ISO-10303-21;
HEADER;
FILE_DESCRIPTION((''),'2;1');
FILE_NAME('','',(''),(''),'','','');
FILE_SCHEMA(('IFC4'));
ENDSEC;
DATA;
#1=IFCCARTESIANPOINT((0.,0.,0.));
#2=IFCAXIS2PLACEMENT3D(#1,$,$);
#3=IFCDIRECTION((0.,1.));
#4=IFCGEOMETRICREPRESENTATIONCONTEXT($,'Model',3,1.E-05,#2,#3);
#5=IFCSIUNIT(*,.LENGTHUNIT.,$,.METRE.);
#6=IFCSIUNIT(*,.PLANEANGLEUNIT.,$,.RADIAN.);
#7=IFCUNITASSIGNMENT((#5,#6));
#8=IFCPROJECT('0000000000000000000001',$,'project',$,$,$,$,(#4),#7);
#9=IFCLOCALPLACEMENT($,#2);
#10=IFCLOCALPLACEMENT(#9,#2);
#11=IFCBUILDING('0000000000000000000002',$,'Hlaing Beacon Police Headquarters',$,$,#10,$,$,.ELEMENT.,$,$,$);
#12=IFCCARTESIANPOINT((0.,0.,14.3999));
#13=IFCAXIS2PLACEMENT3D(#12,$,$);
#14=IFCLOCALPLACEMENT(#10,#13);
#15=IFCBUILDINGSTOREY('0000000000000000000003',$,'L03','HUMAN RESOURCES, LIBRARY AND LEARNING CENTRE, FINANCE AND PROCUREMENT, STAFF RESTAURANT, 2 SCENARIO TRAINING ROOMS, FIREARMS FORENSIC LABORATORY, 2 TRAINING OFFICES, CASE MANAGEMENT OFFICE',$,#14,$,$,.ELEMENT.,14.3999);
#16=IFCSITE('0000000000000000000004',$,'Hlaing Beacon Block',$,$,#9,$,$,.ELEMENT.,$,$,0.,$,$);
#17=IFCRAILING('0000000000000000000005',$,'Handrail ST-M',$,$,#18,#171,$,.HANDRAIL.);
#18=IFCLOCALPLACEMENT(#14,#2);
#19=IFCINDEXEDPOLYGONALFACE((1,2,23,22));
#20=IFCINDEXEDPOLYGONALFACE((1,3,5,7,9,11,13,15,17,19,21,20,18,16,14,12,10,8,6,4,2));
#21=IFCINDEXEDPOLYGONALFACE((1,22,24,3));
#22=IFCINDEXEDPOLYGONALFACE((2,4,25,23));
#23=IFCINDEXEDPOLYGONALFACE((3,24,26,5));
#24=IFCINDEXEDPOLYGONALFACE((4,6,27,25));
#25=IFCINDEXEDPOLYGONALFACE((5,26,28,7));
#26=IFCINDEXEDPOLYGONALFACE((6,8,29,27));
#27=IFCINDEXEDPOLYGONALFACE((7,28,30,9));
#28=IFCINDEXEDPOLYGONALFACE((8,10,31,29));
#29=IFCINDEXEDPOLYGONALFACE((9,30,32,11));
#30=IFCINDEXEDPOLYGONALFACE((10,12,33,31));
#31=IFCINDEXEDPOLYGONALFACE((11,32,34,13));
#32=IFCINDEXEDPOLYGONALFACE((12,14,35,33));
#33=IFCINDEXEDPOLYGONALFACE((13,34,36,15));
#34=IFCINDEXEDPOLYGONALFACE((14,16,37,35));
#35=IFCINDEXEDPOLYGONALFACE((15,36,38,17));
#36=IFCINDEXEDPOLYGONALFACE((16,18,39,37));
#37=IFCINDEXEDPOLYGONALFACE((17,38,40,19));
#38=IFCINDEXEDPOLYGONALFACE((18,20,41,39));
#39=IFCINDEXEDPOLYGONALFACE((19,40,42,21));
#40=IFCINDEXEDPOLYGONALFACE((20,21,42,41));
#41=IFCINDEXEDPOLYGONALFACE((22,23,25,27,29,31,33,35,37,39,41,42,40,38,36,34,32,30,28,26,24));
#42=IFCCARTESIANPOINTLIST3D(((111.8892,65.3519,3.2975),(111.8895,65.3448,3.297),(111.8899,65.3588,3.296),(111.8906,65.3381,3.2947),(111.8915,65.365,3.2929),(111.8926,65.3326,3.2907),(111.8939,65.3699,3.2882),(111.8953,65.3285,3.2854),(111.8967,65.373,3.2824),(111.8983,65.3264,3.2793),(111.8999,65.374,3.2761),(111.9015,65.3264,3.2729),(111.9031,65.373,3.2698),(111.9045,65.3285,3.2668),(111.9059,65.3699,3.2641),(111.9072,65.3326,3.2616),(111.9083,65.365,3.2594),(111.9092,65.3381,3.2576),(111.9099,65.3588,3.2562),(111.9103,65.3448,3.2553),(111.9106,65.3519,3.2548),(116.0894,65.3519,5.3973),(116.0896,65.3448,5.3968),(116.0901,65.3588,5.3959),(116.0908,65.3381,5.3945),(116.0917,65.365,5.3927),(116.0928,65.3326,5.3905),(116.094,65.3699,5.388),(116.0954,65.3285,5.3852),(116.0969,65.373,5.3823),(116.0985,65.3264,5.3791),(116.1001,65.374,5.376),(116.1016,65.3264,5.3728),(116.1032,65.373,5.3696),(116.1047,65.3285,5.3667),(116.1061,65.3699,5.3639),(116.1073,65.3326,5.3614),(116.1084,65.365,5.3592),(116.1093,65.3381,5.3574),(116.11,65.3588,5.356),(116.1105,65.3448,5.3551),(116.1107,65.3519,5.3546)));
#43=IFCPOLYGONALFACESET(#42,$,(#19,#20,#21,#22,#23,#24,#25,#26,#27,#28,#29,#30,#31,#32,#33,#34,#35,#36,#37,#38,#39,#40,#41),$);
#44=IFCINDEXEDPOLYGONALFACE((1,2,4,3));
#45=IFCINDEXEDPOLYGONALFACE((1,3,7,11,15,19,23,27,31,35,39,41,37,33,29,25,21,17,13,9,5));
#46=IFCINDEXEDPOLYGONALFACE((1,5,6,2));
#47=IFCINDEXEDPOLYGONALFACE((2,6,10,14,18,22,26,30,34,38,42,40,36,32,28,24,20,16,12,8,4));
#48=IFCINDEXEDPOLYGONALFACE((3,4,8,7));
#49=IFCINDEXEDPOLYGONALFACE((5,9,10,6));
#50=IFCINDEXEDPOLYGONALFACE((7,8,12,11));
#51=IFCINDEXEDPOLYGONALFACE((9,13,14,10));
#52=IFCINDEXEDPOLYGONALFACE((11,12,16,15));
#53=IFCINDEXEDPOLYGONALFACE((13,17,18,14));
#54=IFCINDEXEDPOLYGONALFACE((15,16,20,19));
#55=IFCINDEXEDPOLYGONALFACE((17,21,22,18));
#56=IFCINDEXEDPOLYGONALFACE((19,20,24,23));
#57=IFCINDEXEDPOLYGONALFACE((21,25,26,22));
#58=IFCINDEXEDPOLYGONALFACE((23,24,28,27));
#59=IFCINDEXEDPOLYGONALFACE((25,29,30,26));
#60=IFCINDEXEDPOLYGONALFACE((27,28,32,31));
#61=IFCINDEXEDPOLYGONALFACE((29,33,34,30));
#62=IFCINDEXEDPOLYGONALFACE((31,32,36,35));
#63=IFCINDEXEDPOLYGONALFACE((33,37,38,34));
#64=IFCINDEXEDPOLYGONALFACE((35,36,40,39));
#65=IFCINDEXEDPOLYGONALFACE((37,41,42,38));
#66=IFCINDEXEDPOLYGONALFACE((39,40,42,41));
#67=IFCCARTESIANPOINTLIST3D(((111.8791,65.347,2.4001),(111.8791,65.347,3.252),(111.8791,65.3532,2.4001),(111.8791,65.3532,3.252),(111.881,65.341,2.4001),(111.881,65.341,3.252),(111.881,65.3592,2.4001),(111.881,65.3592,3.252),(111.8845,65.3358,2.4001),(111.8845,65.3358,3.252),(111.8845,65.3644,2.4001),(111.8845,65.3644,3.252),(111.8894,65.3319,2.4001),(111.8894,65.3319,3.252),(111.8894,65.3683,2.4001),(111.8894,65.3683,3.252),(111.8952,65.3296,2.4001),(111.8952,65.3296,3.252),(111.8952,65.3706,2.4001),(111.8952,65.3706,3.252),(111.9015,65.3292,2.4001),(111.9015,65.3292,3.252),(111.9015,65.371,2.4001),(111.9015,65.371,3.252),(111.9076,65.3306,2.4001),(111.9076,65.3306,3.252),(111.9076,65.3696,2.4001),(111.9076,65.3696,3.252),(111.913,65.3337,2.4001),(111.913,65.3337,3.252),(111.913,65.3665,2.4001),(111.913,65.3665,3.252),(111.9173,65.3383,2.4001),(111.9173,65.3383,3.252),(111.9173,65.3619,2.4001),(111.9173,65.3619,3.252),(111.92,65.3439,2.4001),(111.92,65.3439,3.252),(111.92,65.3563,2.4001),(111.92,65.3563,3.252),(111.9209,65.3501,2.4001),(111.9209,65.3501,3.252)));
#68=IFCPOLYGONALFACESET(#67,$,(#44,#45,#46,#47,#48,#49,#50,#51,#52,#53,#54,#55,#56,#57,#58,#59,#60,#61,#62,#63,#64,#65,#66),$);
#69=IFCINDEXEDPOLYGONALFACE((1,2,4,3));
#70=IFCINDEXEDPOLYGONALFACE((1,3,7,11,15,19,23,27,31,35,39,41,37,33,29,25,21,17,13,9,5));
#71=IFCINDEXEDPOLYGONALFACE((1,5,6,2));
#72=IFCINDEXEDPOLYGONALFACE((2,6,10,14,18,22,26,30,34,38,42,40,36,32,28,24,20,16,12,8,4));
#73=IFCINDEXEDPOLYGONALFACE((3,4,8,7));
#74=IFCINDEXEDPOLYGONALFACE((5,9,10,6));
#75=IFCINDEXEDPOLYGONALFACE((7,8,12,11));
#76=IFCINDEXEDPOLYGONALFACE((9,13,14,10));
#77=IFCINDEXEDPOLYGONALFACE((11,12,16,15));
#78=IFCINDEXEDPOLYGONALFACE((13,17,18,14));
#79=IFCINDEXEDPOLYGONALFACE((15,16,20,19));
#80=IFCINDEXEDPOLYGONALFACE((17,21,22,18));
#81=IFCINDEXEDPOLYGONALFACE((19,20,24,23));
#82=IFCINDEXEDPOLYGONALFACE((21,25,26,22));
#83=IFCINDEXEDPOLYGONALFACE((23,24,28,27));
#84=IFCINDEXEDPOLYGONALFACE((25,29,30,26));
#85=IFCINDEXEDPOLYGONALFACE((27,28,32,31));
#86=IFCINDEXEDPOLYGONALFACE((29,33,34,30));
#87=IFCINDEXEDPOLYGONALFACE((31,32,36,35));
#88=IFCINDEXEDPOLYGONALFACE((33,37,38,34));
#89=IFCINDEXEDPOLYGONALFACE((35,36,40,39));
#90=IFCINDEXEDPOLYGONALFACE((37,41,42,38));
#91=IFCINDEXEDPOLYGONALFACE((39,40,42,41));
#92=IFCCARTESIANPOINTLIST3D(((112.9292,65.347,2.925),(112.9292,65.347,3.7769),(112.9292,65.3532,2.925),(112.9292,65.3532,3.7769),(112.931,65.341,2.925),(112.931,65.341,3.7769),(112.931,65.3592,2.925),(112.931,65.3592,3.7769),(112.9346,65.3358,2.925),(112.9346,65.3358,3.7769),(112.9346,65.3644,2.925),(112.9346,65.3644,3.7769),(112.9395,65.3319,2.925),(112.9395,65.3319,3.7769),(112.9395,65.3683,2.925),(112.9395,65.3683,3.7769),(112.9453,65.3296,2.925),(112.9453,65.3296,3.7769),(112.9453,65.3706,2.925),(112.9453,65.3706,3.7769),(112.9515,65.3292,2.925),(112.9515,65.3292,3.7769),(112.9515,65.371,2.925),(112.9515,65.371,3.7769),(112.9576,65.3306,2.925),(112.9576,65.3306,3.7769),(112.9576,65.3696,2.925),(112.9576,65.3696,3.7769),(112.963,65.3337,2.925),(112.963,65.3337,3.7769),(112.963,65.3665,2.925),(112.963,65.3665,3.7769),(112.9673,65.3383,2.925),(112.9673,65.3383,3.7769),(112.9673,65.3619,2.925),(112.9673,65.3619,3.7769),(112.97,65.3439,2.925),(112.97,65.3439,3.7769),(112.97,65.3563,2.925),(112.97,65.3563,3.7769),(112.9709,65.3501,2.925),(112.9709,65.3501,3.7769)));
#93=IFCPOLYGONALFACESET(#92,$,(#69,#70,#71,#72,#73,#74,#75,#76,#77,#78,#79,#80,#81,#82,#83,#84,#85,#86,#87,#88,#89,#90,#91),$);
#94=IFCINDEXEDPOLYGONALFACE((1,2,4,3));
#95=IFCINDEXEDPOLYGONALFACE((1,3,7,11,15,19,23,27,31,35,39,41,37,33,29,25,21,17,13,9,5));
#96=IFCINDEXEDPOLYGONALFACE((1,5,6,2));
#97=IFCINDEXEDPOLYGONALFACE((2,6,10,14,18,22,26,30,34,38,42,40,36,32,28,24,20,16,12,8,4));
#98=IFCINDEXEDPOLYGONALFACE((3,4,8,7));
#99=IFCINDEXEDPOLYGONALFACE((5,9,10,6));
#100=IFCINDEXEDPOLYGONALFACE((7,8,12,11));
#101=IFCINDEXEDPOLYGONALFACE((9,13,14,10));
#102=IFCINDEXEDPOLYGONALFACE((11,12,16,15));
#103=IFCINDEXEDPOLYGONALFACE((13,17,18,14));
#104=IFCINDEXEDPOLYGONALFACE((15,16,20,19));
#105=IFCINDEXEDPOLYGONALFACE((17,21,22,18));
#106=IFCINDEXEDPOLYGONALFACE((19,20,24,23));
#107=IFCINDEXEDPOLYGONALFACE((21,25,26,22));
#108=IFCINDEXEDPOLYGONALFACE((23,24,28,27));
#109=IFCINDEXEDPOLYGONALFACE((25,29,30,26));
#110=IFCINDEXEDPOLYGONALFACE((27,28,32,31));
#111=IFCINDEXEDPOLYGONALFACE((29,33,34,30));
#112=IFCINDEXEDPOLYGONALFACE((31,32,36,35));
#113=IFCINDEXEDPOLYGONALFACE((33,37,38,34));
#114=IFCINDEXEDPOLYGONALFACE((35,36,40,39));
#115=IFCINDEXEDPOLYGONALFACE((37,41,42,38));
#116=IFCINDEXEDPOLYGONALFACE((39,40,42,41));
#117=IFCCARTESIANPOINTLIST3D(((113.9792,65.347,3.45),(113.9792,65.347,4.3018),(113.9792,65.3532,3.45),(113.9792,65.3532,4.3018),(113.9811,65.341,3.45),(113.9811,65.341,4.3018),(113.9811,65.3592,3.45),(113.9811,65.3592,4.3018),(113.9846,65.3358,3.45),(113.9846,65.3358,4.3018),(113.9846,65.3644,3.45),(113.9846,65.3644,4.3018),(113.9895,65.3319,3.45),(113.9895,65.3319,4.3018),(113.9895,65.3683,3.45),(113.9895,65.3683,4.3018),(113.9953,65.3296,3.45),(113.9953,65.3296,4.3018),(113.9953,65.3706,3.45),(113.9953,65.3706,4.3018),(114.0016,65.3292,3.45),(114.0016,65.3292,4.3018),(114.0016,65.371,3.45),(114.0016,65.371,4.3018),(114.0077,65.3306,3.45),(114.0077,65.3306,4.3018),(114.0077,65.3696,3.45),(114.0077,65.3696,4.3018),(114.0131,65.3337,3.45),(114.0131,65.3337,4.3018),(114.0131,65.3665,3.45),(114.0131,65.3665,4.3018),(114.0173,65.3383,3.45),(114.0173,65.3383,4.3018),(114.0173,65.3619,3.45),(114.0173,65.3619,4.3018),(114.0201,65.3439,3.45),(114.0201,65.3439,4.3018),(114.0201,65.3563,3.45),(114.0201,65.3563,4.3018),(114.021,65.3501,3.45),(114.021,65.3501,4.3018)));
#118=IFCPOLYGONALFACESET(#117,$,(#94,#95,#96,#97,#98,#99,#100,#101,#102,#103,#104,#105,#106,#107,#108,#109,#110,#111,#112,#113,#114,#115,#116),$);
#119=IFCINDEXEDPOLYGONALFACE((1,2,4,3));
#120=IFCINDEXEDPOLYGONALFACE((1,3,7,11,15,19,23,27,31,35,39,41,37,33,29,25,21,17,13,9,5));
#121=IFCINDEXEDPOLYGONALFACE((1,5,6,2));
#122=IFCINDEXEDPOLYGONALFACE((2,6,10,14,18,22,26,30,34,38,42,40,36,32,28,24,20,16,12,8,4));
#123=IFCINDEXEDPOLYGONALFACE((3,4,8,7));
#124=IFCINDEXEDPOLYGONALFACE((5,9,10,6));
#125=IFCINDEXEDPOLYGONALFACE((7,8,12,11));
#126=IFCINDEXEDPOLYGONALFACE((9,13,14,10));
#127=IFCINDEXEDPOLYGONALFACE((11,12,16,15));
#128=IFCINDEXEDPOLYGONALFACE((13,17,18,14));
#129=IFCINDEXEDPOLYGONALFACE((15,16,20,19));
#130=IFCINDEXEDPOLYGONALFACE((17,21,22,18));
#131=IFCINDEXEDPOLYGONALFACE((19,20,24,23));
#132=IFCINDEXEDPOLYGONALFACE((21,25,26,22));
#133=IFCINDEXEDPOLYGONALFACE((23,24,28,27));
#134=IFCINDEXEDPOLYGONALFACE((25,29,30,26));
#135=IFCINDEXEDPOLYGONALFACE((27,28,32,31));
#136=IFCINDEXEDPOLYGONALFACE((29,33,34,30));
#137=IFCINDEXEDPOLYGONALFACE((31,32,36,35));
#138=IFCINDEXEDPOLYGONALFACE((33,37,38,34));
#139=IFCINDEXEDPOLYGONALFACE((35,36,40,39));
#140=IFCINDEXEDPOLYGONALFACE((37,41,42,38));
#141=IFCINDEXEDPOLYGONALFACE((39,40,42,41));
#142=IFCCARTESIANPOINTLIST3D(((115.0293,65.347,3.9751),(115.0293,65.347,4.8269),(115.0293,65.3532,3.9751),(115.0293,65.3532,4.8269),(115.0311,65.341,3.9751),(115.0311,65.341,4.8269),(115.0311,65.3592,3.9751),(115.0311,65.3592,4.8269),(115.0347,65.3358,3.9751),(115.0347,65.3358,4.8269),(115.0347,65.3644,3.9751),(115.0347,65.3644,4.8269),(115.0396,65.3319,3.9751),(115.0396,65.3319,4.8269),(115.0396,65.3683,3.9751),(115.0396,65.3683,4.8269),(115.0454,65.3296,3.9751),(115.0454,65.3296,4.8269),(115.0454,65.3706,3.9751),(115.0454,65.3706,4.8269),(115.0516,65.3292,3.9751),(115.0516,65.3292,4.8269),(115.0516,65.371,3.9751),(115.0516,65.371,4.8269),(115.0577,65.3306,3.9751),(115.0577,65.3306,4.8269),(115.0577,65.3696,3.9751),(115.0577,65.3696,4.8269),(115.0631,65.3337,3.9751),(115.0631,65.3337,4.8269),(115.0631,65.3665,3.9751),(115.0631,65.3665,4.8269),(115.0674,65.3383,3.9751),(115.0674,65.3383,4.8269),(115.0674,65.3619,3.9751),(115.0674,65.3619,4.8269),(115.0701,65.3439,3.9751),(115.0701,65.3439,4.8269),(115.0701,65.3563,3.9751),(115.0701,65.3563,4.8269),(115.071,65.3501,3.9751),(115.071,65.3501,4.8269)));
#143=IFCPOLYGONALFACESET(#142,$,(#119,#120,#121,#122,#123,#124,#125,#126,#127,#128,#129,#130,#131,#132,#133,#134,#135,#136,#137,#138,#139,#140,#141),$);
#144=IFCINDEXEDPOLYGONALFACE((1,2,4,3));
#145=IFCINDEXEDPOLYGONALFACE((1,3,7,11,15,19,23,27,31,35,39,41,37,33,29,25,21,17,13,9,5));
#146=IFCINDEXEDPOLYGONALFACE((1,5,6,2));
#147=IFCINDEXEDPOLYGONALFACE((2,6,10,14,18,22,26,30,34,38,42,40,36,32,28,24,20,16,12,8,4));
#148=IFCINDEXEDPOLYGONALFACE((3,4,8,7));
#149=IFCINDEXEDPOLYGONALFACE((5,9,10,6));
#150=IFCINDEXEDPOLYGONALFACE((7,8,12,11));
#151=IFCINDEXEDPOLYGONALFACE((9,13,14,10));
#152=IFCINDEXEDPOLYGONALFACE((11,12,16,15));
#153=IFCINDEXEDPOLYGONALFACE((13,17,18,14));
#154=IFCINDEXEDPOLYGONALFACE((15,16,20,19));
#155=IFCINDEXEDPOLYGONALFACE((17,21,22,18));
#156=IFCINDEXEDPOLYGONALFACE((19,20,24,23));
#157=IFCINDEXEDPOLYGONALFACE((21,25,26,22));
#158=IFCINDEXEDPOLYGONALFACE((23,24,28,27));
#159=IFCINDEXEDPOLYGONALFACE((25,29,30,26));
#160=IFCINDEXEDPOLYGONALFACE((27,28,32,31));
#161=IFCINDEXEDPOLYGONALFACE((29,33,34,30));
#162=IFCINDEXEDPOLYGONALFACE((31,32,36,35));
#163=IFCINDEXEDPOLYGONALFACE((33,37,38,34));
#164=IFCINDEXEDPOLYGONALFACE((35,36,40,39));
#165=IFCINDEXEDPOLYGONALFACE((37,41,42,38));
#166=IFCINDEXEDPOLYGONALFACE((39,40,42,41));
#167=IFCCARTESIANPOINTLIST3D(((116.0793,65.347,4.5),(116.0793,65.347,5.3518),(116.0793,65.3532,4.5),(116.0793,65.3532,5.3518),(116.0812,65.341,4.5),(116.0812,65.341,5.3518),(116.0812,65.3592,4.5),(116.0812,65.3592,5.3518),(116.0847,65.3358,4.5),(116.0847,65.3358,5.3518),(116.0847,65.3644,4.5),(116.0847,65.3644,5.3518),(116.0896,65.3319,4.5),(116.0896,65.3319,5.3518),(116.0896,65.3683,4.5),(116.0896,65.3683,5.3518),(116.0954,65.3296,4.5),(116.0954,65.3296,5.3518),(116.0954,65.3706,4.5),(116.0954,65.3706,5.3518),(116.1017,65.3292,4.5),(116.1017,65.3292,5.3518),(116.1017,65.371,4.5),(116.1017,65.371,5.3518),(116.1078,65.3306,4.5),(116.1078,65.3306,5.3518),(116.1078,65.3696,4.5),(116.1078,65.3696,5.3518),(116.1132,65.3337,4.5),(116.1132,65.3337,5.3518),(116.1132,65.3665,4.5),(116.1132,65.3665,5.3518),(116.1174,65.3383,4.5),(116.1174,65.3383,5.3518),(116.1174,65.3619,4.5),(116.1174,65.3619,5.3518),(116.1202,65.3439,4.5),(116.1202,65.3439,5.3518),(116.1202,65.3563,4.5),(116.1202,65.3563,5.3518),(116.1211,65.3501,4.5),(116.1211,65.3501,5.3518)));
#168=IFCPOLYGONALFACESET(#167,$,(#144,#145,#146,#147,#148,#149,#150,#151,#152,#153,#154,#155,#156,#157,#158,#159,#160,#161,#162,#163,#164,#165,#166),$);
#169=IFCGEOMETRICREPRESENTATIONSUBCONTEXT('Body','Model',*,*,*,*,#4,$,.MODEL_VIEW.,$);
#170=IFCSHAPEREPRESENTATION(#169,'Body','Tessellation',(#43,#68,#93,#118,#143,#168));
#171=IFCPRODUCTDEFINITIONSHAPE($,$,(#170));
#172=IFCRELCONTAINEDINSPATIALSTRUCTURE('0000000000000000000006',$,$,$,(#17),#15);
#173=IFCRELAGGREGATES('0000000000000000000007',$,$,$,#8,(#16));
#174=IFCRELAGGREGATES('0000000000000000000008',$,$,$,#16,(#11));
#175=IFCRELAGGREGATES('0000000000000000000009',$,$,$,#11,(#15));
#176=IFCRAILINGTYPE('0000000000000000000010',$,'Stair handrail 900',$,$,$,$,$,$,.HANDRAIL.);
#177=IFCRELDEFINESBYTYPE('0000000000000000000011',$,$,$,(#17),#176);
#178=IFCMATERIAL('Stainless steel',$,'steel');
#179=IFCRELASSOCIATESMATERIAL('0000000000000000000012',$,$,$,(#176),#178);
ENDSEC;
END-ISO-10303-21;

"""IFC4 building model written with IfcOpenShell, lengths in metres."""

from ifc_helpers import new_model, si_unit, direction, frame, origin, origin_2d, place, context, subcontext, project, spatial, circle, extrude, material, type_object, element, save


model = new_model("IFC4")

# Units and contexts
model_context = context("Model", 3, precision=1e-05, world=origin(), true_north=direction((0.0, 1.0)))
body_context = subcontext(model_context, "Body", "Model", "MODEL_VIEW")
ifc_project = project(units=[si_unit("LENGTHUNIT", "METRE"), si_unit("PLANEANGLEUNIT", "RADIAN")], contexts=[model_context])

# Site, building, storey
site_placement = place(None, origin())
site = spatial("IfcSite", under=ifc_project, at=site_placement, Name="Hlaing Beacon Block", CompositionType="ELEMENT", RefElevation=0.0)
building_placement = place(site_placement, origin())
building = spatial("IfcBuilding", under=site, at=building_placement, Name="Hlaing Beacon Police Headquarters", CompositionType="ELEMENT")
storey_placement = place(building_placement, frame((0.0, 0.0, 14.3999)))
storey = spatial("IfcBuildingStorey", under=building, at=storey_placement, Name="L03", Description="HUMAN RESOURCES, LIBRARY AND LEARNING CENTRE, FINANCE AND PROCUREMENT, STAFF RESTAURANT, 2 SCENARIO TRAINING ROOMS, FIREARMS FORENSIC LABORATORY, 2 TRAINING OFFICES, CASE MANAGEMENT OFFICE", CompositionType="ELEMENT", Elevation=14.3999)

# Railing
ifc_material_1 = material(Name="Stainless steel", Category="steel")
railing_type_1 = type_object("IfcRailingType", Name="Stair handrail 900", PredefinedType="HANDRAIL", material=ifc_material_1)
for number, where, name in (
    (1, (111.8999, 65.3501, 2.4001), "Handrail ST-M"),
):
    element("IfcRailing", number, at=place(storey_placement, frame(where)), inside=storey, type_object=railing_type_1, Name=name, PredefinedType="HANDRAIL", context=body_context, shape_type="SweptSolid", body=[
        extrude(circle(Radius=0.0239, at=origin_2d()), frame((0.0, 0.0, 0.876), z_axis=(0.894448, 0.0, 0.447172), x_axis=(0.0, 1.0, 0.0)), (0.0, 0.0, 1.0), 4.6958),
        extrude(circle(Radius=0.021, at=origin_2d()), origin(), (0.0, 0.0, 1.0), 0.8518),
        extrude(circle(Radius=0.021, at=origin_2d()), frame((1.05, 0.0, 0.5249)), (0.0, 0.0, 1.0), 0.8518),
        extrude(circle(Radius=0.021, at=origin_2d()), frame((2.1001, 0.0, 1.0498)), (0.0, 0.0, 1.0), 0.8518),
        extrude(circle(Radius=0.021, at=origin_2d()), frame((3.1501, 0.0, 1.575)), (0.0, 0.0, 1.0), 0.8518),
        extrude(circle(Radius=0.021, at=origin_2d()), frame((4.2002, 0.0, 2.0999)), (0.0, 0.0, 1.0), 0.8518),
    ])

save(model, "model.ifc")
